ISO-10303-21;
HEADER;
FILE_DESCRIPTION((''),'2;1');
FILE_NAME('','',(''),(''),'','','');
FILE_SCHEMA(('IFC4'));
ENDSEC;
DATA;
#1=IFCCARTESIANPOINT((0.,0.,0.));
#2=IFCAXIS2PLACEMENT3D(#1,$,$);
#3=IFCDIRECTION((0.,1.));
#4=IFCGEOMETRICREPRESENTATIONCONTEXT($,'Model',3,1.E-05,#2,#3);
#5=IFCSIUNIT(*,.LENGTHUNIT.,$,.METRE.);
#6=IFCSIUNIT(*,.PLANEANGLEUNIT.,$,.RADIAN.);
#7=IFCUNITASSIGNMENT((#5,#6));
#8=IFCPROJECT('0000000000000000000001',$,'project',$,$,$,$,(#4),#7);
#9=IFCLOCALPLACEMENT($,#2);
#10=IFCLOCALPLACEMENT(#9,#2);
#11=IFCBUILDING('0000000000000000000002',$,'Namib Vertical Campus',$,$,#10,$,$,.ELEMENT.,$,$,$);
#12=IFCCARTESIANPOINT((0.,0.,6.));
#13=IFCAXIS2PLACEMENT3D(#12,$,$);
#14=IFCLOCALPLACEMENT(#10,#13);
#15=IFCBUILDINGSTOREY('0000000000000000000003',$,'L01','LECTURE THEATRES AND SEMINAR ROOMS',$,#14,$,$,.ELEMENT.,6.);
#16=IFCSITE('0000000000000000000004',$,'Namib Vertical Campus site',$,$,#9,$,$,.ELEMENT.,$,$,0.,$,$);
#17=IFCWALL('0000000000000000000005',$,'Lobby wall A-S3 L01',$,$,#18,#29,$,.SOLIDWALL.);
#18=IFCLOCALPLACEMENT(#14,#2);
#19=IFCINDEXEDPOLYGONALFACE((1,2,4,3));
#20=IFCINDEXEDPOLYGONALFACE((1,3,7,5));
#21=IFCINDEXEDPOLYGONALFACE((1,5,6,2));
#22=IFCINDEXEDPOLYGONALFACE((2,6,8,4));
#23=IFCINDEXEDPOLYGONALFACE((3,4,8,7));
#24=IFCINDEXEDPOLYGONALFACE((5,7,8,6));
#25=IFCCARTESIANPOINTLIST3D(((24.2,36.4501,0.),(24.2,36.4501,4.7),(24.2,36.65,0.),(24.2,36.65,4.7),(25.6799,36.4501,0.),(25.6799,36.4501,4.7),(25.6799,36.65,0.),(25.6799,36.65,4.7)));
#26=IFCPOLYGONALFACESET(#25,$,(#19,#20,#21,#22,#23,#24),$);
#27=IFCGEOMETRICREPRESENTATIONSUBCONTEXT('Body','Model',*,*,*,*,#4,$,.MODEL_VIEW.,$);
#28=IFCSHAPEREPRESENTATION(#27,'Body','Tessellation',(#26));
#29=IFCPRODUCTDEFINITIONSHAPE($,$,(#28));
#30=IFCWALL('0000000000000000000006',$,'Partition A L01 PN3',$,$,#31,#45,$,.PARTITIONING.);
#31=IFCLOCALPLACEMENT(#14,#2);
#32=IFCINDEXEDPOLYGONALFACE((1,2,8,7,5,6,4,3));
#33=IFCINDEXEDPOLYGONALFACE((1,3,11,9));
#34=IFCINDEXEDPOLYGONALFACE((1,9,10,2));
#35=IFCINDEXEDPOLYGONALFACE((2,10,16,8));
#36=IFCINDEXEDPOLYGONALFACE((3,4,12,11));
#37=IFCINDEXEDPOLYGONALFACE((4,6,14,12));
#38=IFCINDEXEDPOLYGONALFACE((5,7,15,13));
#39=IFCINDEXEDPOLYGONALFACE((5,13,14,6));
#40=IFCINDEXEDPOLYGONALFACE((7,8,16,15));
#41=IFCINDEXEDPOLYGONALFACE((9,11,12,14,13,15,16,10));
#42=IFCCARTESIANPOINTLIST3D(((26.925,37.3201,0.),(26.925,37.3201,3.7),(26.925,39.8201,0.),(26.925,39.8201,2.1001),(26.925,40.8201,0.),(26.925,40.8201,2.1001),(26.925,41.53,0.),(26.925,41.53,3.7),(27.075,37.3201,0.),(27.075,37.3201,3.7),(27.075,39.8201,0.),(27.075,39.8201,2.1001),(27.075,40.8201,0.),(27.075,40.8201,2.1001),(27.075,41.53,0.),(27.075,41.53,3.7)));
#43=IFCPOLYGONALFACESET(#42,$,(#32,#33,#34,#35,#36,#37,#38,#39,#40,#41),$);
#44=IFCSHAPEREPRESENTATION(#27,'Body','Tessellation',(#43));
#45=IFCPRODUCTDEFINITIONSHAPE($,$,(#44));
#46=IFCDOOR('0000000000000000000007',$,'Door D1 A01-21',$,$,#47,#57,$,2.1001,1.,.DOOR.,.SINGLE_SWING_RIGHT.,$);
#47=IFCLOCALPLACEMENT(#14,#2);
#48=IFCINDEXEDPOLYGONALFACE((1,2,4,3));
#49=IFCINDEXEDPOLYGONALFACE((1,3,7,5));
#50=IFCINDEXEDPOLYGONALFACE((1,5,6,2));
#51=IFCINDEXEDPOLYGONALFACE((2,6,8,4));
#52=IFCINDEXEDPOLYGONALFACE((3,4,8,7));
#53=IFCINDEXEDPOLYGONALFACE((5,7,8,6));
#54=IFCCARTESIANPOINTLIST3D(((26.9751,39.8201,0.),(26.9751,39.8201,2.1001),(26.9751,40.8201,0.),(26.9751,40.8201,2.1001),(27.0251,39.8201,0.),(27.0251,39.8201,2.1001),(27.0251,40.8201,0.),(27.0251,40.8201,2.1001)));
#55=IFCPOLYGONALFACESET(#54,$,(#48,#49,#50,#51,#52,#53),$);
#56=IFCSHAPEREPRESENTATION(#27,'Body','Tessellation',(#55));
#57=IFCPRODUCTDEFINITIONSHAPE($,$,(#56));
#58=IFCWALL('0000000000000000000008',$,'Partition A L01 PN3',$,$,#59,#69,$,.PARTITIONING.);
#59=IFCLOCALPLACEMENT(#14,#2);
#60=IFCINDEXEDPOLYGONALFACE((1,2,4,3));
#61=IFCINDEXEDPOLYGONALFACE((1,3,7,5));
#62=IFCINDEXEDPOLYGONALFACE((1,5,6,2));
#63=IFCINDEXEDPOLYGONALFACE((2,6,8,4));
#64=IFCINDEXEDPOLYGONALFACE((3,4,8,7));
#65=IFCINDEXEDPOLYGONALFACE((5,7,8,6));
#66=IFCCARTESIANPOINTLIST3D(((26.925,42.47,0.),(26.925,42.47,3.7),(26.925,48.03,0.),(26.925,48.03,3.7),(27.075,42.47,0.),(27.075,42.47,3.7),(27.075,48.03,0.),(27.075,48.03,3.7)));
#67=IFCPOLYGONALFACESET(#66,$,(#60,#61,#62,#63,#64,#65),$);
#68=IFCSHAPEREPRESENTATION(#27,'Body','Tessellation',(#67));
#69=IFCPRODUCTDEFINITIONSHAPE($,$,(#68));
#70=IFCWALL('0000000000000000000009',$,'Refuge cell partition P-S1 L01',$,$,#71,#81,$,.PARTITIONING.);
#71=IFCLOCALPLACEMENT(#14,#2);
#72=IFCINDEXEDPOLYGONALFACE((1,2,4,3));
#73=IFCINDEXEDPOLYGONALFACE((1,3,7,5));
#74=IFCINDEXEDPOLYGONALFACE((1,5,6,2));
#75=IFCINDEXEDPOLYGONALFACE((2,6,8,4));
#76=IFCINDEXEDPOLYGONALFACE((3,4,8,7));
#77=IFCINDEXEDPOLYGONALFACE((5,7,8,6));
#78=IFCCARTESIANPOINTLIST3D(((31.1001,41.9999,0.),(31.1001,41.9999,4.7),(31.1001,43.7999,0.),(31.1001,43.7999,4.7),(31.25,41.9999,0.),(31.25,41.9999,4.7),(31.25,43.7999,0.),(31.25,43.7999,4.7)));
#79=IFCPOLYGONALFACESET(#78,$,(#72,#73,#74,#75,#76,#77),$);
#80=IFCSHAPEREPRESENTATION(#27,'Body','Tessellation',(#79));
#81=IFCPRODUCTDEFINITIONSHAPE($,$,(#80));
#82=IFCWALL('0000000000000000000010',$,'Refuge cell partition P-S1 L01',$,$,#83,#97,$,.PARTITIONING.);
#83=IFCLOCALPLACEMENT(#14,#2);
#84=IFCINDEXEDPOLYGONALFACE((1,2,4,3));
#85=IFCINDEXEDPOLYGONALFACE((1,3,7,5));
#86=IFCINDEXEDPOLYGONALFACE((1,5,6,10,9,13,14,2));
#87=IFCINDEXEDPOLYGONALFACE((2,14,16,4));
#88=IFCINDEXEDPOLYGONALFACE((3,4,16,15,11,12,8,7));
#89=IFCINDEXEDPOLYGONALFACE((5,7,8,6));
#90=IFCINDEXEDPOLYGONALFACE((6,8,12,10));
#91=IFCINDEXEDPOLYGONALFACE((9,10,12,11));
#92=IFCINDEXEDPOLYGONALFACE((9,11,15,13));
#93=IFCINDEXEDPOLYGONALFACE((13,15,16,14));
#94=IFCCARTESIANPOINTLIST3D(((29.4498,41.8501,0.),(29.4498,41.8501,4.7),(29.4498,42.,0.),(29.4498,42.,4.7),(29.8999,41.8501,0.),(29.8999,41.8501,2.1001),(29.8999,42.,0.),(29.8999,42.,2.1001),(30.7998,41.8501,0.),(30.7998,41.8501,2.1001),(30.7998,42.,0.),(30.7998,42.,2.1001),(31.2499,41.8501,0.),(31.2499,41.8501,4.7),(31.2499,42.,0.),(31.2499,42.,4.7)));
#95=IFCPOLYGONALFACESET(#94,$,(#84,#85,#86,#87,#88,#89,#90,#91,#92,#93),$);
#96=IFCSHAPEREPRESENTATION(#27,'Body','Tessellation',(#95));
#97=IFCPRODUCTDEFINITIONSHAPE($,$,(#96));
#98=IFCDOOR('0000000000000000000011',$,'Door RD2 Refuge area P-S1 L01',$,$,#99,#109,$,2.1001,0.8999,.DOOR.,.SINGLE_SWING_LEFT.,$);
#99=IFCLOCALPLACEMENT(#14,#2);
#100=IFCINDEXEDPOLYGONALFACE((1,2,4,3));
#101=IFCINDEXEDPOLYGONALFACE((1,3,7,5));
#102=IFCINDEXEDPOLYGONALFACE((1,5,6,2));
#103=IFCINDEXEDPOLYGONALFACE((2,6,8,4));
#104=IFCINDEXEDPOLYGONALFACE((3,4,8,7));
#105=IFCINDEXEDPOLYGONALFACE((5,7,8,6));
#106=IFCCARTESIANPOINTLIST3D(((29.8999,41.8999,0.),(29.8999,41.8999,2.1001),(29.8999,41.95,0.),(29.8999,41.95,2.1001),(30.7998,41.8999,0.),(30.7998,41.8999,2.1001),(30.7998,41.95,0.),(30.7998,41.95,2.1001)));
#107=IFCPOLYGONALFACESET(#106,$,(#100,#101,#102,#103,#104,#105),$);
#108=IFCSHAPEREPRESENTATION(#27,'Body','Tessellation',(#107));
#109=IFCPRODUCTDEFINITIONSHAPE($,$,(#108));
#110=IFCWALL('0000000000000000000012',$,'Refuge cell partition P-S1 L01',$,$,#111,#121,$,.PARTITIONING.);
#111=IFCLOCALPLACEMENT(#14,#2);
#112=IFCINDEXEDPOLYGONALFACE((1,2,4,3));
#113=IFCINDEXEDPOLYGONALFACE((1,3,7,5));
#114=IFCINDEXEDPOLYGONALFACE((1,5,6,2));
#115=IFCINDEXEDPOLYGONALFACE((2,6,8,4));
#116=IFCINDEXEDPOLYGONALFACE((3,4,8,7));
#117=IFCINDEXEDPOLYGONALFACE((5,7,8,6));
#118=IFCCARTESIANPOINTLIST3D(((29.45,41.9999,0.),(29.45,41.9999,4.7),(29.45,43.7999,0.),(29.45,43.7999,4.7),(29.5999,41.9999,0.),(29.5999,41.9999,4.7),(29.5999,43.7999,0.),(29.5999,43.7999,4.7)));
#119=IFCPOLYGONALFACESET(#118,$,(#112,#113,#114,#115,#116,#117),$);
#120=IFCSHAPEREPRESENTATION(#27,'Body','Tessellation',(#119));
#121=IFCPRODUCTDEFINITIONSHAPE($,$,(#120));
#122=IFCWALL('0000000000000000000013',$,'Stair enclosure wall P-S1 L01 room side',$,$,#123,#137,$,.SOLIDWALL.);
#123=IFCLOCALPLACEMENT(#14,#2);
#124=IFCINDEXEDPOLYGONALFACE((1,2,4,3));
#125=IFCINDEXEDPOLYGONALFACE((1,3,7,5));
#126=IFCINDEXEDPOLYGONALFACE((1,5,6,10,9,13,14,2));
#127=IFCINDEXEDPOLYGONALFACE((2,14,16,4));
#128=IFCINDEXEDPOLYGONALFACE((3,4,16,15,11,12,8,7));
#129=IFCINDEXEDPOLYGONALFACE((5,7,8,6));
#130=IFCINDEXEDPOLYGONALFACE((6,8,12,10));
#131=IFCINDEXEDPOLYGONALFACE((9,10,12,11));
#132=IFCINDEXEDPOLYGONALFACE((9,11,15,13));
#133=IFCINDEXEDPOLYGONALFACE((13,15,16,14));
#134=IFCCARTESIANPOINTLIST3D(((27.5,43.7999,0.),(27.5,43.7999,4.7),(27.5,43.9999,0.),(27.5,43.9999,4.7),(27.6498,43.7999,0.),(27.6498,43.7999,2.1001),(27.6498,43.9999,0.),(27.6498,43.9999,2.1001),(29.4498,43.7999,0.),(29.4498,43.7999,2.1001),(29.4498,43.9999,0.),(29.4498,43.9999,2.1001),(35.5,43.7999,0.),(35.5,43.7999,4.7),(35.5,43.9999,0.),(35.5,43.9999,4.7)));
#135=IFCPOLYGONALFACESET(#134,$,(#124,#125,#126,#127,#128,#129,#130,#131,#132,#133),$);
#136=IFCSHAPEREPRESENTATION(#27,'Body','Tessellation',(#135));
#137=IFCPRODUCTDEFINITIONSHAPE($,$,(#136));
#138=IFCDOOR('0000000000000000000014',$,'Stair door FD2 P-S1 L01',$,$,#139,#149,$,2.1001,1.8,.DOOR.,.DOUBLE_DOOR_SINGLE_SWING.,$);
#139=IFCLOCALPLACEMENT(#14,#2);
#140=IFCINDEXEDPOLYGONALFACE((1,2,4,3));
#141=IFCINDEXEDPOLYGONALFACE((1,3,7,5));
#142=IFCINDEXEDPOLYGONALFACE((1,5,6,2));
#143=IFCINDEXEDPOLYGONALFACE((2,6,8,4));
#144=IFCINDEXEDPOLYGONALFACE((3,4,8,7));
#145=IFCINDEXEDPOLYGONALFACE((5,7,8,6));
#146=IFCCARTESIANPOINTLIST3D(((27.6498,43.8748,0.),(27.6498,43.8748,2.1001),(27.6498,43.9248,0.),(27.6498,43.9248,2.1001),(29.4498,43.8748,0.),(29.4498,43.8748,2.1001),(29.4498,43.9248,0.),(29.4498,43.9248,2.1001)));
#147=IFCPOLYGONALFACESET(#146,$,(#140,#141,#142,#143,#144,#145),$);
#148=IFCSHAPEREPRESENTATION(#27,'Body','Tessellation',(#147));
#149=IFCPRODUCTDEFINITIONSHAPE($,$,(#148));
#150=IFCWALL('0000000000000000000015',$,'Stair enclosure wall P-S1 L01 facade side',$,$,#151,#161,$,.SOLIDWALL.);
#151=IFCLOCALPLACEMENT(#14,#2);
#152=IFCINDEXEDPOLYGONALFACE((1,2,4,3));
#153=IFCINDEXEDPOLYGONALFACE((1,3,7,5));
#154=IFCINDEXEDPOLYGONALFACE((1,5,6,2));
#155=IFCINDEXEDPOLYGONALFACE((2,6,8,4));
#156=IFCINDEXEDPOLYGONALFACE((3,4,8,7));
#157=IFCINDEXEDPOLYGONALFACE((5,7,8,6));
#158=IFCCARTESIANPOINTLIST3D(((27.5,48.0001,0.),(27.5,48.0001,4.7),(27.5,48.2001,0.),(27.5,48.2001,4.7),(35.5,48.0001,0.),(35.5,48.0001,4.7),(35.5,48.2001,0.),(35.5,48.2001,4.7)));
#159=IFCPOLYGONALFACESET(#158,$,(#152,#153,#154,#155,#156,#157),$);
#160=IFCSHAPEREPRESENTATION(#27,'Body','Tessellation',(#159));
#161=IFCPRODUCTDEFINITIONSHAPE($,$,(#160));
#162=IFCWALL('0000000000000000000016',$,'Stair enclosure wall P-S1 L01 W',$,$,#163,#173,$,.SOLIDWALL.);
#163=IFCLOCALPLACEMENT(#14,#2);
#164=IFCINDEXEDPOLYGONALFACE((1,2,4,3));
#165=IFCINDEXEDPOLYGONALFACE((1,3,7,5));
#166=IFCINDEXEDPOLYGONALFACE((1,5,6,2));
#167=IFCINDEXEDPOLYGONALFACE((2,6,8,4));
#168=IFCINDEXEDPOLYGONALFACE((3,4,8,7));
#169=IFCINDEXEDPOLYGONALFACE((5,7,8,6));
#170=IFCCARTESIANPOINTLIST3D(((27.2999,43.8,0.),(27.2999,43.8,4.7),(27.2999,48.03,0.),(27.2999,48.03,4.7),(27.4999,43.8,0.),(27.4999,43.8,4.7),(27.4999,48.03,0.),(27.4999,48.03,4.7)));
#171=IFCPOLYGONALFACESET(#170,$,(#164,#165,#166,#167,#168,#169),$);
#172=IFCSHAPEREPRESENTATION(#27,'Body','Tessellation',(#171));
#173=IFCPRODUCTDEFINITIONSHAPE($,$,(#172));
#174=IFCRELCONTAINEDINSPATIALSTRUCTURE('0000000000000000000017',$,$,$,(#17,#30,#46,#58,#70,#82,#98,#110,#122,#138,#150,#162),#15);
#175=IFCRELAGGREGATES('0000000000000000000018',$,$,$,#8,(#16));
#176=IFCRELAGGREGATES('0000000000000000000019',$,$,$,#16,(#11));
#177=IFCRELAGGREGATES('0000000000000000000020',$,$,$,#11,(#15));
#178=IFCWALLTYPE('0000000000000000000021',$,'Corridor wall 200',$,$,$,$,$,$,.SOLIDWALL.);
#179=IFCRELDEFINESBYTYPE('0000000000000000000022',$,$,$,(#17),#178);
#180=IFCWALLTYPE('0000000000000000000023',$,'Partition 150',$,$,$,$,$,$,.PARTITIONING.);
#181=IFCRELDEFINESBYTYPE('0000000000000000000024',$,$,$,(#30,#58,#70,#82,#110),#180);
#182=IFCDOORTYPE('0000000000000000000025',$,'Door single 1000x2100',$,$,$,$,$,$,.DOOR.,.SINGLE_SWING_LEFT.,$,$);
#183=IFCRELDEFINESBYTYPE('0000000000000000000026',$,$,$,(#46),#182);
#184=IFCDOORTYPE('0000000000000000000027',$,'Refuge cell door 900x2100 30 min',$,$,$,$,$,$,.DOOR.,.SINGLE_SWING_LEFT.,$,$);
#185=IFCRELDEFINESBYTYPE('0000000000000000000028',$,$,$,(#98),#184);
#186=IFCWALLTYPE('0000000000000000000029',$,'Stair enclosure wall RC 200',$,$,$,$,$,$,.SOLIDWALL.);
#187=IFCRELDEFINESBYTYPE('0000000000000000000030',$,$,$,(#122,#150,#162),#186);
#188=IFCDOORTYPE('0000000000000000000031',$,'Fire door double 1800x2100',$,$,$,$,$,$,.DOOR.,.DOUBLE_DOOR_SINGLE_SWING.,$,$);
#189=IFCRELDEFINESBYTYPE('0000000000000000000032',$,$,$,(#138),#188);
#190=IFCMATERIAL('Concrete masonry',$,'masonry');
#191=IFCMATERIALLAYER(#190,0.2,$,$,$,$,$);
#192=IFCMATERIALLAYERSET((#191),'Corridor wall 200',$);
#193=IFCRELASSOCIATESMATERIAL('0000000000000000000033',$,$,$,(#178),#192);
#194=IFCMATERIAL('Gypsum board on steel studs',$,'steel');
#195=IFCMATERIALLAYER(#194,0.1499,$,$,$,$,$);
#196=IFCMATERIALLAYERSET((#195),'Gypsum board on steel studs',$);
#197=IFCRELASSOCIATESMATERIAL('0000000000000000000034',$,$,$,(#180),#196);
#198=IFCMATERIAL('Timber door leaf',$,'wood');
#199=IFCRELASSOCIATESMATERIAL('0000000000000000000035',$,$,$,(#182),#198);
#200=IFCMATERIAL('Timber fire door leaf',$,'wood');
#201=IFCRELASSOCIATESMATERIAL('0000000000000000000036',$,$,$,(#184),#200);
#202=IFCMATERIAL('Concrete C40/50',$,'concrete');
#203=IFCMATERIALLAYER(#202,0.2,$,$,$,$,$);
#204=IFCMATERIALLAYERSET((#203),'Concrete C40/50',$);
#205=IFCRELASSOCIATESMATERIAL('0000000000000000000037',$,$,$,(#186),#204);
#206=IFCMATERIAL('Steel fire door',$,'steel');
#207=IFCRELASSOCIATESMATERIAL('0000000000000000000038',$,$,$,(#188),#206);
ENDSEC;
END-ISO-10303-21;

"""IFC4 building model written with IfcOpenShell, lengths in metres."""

from ifc_helpers import new_model, si_unit, direction, frame, frame_2d, origin, place, context, subcontext, project, spatial, rectangle, extrude, material, layer, layer_set, type_object, element, fill, save


model = new_model("IFC4")

# Units and contexts
model_context = context("Model", 3, precision=1e-05, world=origin(), true_north=direction((0.0, 1.0)))
body_context = subcontext(model_context, "Body", "Model", "MODEL_VIEW")
ifc_project = project(units=[si_unit("LENGTHUNIT", "METRE"), si_unit("PLANEANGLEUNIT", "RADIAN")], contexts=[model_context])

# Site, building, storey
site_placement = place(None, origin())
site = spatial("IfcSite", under=ifc_project, at=site_placement, Name="Namib Vertical Campus site", CompositionType="ELEMENT", RefElevation=0.0)
building_placement = place(site_placement, origin())
building = spatial("IfcBuilding", under=site, at=building_placement, Name="Namib Vertical Campus", CompositionType="ELEMENT")
storey_placement = place(building_placement, frame((0.0, 0.0, 6.0)))
storey = spatial("IfcBuildingStorey", under=building, at=storey_placement, Name="L01", Description="LECTURE THEATRES AND SEMINAR ROOMS", CompositionType="ELEMENT", Elevation=6.0)

# Wall
ifc_material_1 = material(Name="Concrete masonry", Category="masonry")
ifc_layer_1 = layer(ifc_material_1, 0.2)
ifc_layer_set_1 = layer_set([ifc_layer_1], Name="Corridor wall 200")
wall_type_1 = type_object("IfcWallType", Name="Corridor wall 200", PredefinedType="SOLIDWALL", material=ifc_layer_set_1)
wall_1_placement = place(storey_placement, frame((24.2, 36.55, 0.0), z_axis=(0.0, 0.0, 1.0), x_axis=(1.0, 0.0, 0.0)))
element("IfcWall", 1, at=wall_1_placement, inside=storey, type_object=wall_type_1, Name="Lobby wall A-S3 L01", PredefinedType="SOLIDWALL", context=body_context, shape_type="SweptSolid", body=[
    extrude(rectangle(XDim=1.48, YDim=0.2, at=frame_2d((0.74, 0.0))), origin(), (0.0, 0.0, 1.0), 4.7),
])

# Wall, opening, door
ifc_material_2 = material(Name="Gypsum board on steel studs", Category="steel")
ifc_layer_2 = layer(ifc_material_2, 0.1499)
ifc_layer_set_2 = layer_set([ifc_layer_2], Name="Gypsum board on steel studs")
wall_type_2 = type_object("IfcWallType", Name="Partition 150", PredefinedType="PARTITIONING", material=ifc_layer_set_2)
wall_2_placement = place(storey_placement, frame((27.0, 37.3201, 0.0), z_axis=(0.0, 0.0, 1.0), x_axis=(0.0, 1.0, 0.0)))
wall_2 = element("IfcWall", 2, at=wall_2_placement, inside=storey, type_object=wall_type_2, Name="Partition A L01 PN3", PredefinedType="PARTITIONING", context=body_context, shape_type="SweptSolid", body=[
    extrude(rectangle(XDim=4.21, YDim=0.1499, at=frame_2d((2.105, 0.0))), origin(), (0.0, 0.0, 1.0), 3.7),
])
opening_1_placement = place(wall_2_placement, frame((2.5, 0.0, 0.0)))
opening_1 = element("IfcOpeningElement", 3, at=opening_1_placement, cuts=wall_2, PredefinedType="OPENING", context=body_context, shape_type="SweptSolid", body=[
    extrude(rectangle(XDim=1.0, YDim=2.1001, at=frame_2d((0.5, 1.05))), frame((0.0, 0.085, 0.0), z_axis=(0.0, -1.0, 0.0), x_axis=(1.0, 0.0, 0.0)), (0.0, 0.0, 1.0), 0.1699),
])
ifc_material_3 = material(Name="Timber door leaf", Category="wood")
door_type_1 = type_object("IfcDoorType", Name="Door single 1000x2100", OperationType="SINGLE_SWING_LEFT", PredefinedType="DOOR", material=ifc_material_3)
door_1_placement = place(opening_1_placement, origin())
door_1 = element("IfcDoor", 4, at=door_1_placement, inside=storey, type_object=door_type_1, Name="Door D1 A01-21", OperationType="SINGLE_SWING_RIGHT", OverallHeight=2.1001, OverallWidth=1.0, PredefinedType="DOOR", context=body_context, shape_type="SweptSolid", body=[
    extrude(rectangle(XDim=1.0, YDim=2.1001, at=frame_2d((0.5, 1.05))), frame((0.0, 0.0249, 0.0), z_axis=(0.0, -1.0, 0.0), x_axis=(1.0, 0.0, 0.0)), (0.0, 0.0, 1.0), 0.05),
])
fill(opening_1, door_1)

# Walls
wall_3_placement = place(storey_placement, frame((27.0, 42.47, 0.0), z_axis=(0.0, 0.0, 1.0), x_axis=(0.0, 1.0, 0.0)))
element("IfcWall", 5, at=wall_3_placement, inside=storey, type_object=wall_type_2, Name="Partition A L01 PN3", PredefinedType="PARTITIONING", context=body_context, shape_type="SweptSolid", body=[
    extrude(rectangle(XDim=5.5601, YDim=0.1499, at=frame_2d((2.78, 0.0))), origin(), (0.0, 0.0, 1.0), 3.7),
])
wall_4_placement = place(storey_placement, frame((31.175, 42.0, 0.0), z_axis=(0.0, 0.0, 1.0), x_axis=(0.0, 1.0, 0.0)))
element("IfcWall", 6, at=wall_4_placement, inside=storey, type_object=wall_type_2, Name="Refuge cell partition P-S1 L01", PredefinedType="PARTITIONING", context=body_context, shape_type="SweptSolid", body=[
    extrude(rectangle(XDim=1.8, YDim=0.1499, at=frame_2d((0.8999, 0.0))), origin(), (0.0, 0.0, 1.0), 4.7),
])

# Wall, opening, door
wall_5_placement = place(storey_placement, frame((29.45, 41.925, 0.0), z_axis=(0.0, 0.0, 1.0), x_axis=(1.0, 0.0, 0.0)))
wall_5 = element("IfcWall", 7, at=wall_5_placement, inside=storey, type_object=wall_type_2, Name="Refuge cell partition P-S1 L01", PredefinedType="PARTITIONING", context=body_context, shape_type="SweptSolid", body=[
    extrude(rectangle(XDim=1.8, YDim=0.1499, at=frame_2d((0.8999, 0.0))), origin(), (0.0, 0.0, 1.0), 4.7),
])
opening_2_placement = place(wall_5_placement, frame((0.45, 0.0, 0.0)))
opening_2 = element("IfcOpeningElement", 8, at=opening_2_placement, cuts=wall_5, PredefinedType="OPENING", context=body_context, shape_type="SweptSolid", body=[
    extrude(rectangle(XDim=0.8999, YDim=2.1001, at=frame_2d((0.45, 1.05))), frame((0.0, 0.085, 0.0), z_axis=(0.0, -1.0, 0.0), x_axis=(1.0, 0.0, 0.0)), (0.0, 0.0, 1.0), 0.1699),
])
ifc_material_4 = material(Name="Timber fire door leaf", Category="wood")
door_type_2 = type_object("IfcDoorType", Name="Refuge cell door 900x2100 30 min", OperationType="SINGLE_SWING_LEFT", PredefinedType="DOOR", material=ifc_material_4)
door_2_placement = place(opening_2_placement, origin())
door_2 = element("IfcDoor", 9, at=door_2_placement, inside=storey, type_object=door_type_2, Name="Door RD2 Refuge area P-S1 L01", OperationType="SINGLE_SWING_LEFT", OverallHeight=2.1001, OverallWidth=0.8999, PredefinedType="DOOR", context=body_context, shape_type="SweptSolid", body=[
    extrude(rectangle(XDim=0.8999, YDim=2.1001, at=frame_2d((0.45, 1.05))), frame((0.0, 0.0249, 0.0), z_axis=(0.0, -1.0, 0.0), x_axis=(1.0, 0.0, 0.0)), (0.0, 0.0, 1.0), 0.05),
])
fill(opening_2, door_2)

# Wall
wall_6_placement = place(storey_placement, frame((29.5249, 42.0, 0.0), z_axis=(0.0, 0.0, 1.0), x_axis=(0.0, 1.0, 0.0)))
element("IfcWall", 10, at=wall_6_placement, inside=storey, type_object=wall_type_2, Name="Refuge cell partition P-S1 L01", PredefinedType="PARTITIONING", context=body_context, shape_type="SweptSolid", body=[
    extrude(rectangle(XDim=1.8, YDim=0.1499, at=frame_2d((0.8999, 0.0))), origin(), (0.0, 0.0, 1.0), 4.7),
])

# Wall, opening, door
ifc_material_5 = material(Name="Concrete C40/50", Category="concrete")
ifc_layer_3 = layer(ifc_material_5, 0.2)
ifc_layer_set_3 = layer_set([ifc_layer_3], Name="Concrete C40/50")
wall_type_3 = type_object("IfcWallType", Name="Stair enclosure wall RC 200", PredefinedType="SOLIDWALL", material=ifc_layer_set_3)
wall_7_placement = place(storey_placement, frame((27.5, 43.8999, 0.0), z_axis=(0.0, 0.0, 1.0), x_axis=(1.0, 0.0, 0.0)))
wall_7 = element("IfcWall", 11, at=wall_7_placement, inside=storey, type_object=wall_type_3, Name="Stair enclosure wall P-S1 L01 room side", PredefinedType="SOLIDWALL", context=body_context, shape_type="SweptSolid", body=[
    extrude(rectangle(XDim=8.0, YDim=0.2, at=frame_2d((4.0, 0.0))), origin(), (0.0, 0.0, 1.0), 4.7),
])
opening_3_placement = place(wall_7_placement, frame((0.1499, 0.0, 0.0)))
opening_3 = element("IfcOpeningElement", 12, at=opening_3_placement, cuts=wall_7, PredefinedType="OPENING", context=body_context, shape_type="SweptSolid", body=[
    extrude(rectangle(XDim=1.8, YDim=2.1001, at=frame_2d((0.8999, 1.05))), frame((0.0, 0.1099, 0.0), z_axis=(0.0, -1.0, 0.0), x_axis=(1.0, 0.0, 0.0)), (0.0, 0.0, 1.0), 0.22),
])
ifc_material_6 = material(Name="Steel fire door", Category="steel")
door_type_3 = type_object("IfcDoorType", Name="Fire door double 1800x2100", OperationType="DOUBLE_DOOR_SINGLE_SWING", PredefinedType="DOOR", material=ifc_material_6)
door_3_placement = place(opening_3_placement, origin())
door_3 = element("IfcDoor", 13, at=door_3_placement, inside=storey, type_object=door_type_3, Name="Stair door FD2 P-S1 L01", OperationType="DOUBLE_DOOR_SINGLE_SWING", OverallHeight=2.1001, OverallWidth=1.8, PredefinedType="DOOR", context=body_context, shape_type="SweptSolid", body=[
    extrude(rectangle(XDim=1.8, YDim=2.1001, at=frame_2d((0.8999, 1.05))), frame((0.0, 0.0249, 0.0), z_axis=(0.0, -1.0, 0.0), x_axis=(1.0, 0.0, 0.0)), (0.0, 0.0, 1.0), 0.05),
])
fill(opening_3, door_3)

# Walls
wall_8_placement = place(storey_placement, frame((27.5, 48.1001, 0.0), z_axis=(0.0, 0.0, 1.0), x_axis=(1.0, 0.0, 0.0)))
element("IfcWall", 14, at=wall_8_placement, inside=storey, type_object=wall_type_3, Name="Stair enclosure wall P-S1 L01 facade side", PredefinedType="SOLIDWALL", context=body_context, shape_type="SweptSolid", body=[
    extrude(rectangle(XDim=8.0, YDim=0.2, at=frame_2d((4.0, 0.0))), origin(), (0.0, 0.0, 1.0), 4.7),
])
for number, where, z_axis, x_axis, name in (
    (15, (27.3999, 43.8, 0.0), (0.0, 0.0, 1.0), (0.0, 1.0, 0.0), "Stair enclosure wall P-S1 L01 W"),
):
    element("IfcWall", number, at=place(storey_placement, frame(where, z_axis=z_axis, x_axis=x_axis)), inside=storey, type_object=wall_type_3, Name=name, PredefinedType="SOLIDWALL", context=body_context, shape_type="SweptSolid", body=[
        extrude(rectangle(XDim=4.23, YDim=0.2, at=frame_2d((2.115, 0.0))), origin(), (0.0, 0.0, 1.0), 4.7),
    ])

save(model, "model.ifc")
